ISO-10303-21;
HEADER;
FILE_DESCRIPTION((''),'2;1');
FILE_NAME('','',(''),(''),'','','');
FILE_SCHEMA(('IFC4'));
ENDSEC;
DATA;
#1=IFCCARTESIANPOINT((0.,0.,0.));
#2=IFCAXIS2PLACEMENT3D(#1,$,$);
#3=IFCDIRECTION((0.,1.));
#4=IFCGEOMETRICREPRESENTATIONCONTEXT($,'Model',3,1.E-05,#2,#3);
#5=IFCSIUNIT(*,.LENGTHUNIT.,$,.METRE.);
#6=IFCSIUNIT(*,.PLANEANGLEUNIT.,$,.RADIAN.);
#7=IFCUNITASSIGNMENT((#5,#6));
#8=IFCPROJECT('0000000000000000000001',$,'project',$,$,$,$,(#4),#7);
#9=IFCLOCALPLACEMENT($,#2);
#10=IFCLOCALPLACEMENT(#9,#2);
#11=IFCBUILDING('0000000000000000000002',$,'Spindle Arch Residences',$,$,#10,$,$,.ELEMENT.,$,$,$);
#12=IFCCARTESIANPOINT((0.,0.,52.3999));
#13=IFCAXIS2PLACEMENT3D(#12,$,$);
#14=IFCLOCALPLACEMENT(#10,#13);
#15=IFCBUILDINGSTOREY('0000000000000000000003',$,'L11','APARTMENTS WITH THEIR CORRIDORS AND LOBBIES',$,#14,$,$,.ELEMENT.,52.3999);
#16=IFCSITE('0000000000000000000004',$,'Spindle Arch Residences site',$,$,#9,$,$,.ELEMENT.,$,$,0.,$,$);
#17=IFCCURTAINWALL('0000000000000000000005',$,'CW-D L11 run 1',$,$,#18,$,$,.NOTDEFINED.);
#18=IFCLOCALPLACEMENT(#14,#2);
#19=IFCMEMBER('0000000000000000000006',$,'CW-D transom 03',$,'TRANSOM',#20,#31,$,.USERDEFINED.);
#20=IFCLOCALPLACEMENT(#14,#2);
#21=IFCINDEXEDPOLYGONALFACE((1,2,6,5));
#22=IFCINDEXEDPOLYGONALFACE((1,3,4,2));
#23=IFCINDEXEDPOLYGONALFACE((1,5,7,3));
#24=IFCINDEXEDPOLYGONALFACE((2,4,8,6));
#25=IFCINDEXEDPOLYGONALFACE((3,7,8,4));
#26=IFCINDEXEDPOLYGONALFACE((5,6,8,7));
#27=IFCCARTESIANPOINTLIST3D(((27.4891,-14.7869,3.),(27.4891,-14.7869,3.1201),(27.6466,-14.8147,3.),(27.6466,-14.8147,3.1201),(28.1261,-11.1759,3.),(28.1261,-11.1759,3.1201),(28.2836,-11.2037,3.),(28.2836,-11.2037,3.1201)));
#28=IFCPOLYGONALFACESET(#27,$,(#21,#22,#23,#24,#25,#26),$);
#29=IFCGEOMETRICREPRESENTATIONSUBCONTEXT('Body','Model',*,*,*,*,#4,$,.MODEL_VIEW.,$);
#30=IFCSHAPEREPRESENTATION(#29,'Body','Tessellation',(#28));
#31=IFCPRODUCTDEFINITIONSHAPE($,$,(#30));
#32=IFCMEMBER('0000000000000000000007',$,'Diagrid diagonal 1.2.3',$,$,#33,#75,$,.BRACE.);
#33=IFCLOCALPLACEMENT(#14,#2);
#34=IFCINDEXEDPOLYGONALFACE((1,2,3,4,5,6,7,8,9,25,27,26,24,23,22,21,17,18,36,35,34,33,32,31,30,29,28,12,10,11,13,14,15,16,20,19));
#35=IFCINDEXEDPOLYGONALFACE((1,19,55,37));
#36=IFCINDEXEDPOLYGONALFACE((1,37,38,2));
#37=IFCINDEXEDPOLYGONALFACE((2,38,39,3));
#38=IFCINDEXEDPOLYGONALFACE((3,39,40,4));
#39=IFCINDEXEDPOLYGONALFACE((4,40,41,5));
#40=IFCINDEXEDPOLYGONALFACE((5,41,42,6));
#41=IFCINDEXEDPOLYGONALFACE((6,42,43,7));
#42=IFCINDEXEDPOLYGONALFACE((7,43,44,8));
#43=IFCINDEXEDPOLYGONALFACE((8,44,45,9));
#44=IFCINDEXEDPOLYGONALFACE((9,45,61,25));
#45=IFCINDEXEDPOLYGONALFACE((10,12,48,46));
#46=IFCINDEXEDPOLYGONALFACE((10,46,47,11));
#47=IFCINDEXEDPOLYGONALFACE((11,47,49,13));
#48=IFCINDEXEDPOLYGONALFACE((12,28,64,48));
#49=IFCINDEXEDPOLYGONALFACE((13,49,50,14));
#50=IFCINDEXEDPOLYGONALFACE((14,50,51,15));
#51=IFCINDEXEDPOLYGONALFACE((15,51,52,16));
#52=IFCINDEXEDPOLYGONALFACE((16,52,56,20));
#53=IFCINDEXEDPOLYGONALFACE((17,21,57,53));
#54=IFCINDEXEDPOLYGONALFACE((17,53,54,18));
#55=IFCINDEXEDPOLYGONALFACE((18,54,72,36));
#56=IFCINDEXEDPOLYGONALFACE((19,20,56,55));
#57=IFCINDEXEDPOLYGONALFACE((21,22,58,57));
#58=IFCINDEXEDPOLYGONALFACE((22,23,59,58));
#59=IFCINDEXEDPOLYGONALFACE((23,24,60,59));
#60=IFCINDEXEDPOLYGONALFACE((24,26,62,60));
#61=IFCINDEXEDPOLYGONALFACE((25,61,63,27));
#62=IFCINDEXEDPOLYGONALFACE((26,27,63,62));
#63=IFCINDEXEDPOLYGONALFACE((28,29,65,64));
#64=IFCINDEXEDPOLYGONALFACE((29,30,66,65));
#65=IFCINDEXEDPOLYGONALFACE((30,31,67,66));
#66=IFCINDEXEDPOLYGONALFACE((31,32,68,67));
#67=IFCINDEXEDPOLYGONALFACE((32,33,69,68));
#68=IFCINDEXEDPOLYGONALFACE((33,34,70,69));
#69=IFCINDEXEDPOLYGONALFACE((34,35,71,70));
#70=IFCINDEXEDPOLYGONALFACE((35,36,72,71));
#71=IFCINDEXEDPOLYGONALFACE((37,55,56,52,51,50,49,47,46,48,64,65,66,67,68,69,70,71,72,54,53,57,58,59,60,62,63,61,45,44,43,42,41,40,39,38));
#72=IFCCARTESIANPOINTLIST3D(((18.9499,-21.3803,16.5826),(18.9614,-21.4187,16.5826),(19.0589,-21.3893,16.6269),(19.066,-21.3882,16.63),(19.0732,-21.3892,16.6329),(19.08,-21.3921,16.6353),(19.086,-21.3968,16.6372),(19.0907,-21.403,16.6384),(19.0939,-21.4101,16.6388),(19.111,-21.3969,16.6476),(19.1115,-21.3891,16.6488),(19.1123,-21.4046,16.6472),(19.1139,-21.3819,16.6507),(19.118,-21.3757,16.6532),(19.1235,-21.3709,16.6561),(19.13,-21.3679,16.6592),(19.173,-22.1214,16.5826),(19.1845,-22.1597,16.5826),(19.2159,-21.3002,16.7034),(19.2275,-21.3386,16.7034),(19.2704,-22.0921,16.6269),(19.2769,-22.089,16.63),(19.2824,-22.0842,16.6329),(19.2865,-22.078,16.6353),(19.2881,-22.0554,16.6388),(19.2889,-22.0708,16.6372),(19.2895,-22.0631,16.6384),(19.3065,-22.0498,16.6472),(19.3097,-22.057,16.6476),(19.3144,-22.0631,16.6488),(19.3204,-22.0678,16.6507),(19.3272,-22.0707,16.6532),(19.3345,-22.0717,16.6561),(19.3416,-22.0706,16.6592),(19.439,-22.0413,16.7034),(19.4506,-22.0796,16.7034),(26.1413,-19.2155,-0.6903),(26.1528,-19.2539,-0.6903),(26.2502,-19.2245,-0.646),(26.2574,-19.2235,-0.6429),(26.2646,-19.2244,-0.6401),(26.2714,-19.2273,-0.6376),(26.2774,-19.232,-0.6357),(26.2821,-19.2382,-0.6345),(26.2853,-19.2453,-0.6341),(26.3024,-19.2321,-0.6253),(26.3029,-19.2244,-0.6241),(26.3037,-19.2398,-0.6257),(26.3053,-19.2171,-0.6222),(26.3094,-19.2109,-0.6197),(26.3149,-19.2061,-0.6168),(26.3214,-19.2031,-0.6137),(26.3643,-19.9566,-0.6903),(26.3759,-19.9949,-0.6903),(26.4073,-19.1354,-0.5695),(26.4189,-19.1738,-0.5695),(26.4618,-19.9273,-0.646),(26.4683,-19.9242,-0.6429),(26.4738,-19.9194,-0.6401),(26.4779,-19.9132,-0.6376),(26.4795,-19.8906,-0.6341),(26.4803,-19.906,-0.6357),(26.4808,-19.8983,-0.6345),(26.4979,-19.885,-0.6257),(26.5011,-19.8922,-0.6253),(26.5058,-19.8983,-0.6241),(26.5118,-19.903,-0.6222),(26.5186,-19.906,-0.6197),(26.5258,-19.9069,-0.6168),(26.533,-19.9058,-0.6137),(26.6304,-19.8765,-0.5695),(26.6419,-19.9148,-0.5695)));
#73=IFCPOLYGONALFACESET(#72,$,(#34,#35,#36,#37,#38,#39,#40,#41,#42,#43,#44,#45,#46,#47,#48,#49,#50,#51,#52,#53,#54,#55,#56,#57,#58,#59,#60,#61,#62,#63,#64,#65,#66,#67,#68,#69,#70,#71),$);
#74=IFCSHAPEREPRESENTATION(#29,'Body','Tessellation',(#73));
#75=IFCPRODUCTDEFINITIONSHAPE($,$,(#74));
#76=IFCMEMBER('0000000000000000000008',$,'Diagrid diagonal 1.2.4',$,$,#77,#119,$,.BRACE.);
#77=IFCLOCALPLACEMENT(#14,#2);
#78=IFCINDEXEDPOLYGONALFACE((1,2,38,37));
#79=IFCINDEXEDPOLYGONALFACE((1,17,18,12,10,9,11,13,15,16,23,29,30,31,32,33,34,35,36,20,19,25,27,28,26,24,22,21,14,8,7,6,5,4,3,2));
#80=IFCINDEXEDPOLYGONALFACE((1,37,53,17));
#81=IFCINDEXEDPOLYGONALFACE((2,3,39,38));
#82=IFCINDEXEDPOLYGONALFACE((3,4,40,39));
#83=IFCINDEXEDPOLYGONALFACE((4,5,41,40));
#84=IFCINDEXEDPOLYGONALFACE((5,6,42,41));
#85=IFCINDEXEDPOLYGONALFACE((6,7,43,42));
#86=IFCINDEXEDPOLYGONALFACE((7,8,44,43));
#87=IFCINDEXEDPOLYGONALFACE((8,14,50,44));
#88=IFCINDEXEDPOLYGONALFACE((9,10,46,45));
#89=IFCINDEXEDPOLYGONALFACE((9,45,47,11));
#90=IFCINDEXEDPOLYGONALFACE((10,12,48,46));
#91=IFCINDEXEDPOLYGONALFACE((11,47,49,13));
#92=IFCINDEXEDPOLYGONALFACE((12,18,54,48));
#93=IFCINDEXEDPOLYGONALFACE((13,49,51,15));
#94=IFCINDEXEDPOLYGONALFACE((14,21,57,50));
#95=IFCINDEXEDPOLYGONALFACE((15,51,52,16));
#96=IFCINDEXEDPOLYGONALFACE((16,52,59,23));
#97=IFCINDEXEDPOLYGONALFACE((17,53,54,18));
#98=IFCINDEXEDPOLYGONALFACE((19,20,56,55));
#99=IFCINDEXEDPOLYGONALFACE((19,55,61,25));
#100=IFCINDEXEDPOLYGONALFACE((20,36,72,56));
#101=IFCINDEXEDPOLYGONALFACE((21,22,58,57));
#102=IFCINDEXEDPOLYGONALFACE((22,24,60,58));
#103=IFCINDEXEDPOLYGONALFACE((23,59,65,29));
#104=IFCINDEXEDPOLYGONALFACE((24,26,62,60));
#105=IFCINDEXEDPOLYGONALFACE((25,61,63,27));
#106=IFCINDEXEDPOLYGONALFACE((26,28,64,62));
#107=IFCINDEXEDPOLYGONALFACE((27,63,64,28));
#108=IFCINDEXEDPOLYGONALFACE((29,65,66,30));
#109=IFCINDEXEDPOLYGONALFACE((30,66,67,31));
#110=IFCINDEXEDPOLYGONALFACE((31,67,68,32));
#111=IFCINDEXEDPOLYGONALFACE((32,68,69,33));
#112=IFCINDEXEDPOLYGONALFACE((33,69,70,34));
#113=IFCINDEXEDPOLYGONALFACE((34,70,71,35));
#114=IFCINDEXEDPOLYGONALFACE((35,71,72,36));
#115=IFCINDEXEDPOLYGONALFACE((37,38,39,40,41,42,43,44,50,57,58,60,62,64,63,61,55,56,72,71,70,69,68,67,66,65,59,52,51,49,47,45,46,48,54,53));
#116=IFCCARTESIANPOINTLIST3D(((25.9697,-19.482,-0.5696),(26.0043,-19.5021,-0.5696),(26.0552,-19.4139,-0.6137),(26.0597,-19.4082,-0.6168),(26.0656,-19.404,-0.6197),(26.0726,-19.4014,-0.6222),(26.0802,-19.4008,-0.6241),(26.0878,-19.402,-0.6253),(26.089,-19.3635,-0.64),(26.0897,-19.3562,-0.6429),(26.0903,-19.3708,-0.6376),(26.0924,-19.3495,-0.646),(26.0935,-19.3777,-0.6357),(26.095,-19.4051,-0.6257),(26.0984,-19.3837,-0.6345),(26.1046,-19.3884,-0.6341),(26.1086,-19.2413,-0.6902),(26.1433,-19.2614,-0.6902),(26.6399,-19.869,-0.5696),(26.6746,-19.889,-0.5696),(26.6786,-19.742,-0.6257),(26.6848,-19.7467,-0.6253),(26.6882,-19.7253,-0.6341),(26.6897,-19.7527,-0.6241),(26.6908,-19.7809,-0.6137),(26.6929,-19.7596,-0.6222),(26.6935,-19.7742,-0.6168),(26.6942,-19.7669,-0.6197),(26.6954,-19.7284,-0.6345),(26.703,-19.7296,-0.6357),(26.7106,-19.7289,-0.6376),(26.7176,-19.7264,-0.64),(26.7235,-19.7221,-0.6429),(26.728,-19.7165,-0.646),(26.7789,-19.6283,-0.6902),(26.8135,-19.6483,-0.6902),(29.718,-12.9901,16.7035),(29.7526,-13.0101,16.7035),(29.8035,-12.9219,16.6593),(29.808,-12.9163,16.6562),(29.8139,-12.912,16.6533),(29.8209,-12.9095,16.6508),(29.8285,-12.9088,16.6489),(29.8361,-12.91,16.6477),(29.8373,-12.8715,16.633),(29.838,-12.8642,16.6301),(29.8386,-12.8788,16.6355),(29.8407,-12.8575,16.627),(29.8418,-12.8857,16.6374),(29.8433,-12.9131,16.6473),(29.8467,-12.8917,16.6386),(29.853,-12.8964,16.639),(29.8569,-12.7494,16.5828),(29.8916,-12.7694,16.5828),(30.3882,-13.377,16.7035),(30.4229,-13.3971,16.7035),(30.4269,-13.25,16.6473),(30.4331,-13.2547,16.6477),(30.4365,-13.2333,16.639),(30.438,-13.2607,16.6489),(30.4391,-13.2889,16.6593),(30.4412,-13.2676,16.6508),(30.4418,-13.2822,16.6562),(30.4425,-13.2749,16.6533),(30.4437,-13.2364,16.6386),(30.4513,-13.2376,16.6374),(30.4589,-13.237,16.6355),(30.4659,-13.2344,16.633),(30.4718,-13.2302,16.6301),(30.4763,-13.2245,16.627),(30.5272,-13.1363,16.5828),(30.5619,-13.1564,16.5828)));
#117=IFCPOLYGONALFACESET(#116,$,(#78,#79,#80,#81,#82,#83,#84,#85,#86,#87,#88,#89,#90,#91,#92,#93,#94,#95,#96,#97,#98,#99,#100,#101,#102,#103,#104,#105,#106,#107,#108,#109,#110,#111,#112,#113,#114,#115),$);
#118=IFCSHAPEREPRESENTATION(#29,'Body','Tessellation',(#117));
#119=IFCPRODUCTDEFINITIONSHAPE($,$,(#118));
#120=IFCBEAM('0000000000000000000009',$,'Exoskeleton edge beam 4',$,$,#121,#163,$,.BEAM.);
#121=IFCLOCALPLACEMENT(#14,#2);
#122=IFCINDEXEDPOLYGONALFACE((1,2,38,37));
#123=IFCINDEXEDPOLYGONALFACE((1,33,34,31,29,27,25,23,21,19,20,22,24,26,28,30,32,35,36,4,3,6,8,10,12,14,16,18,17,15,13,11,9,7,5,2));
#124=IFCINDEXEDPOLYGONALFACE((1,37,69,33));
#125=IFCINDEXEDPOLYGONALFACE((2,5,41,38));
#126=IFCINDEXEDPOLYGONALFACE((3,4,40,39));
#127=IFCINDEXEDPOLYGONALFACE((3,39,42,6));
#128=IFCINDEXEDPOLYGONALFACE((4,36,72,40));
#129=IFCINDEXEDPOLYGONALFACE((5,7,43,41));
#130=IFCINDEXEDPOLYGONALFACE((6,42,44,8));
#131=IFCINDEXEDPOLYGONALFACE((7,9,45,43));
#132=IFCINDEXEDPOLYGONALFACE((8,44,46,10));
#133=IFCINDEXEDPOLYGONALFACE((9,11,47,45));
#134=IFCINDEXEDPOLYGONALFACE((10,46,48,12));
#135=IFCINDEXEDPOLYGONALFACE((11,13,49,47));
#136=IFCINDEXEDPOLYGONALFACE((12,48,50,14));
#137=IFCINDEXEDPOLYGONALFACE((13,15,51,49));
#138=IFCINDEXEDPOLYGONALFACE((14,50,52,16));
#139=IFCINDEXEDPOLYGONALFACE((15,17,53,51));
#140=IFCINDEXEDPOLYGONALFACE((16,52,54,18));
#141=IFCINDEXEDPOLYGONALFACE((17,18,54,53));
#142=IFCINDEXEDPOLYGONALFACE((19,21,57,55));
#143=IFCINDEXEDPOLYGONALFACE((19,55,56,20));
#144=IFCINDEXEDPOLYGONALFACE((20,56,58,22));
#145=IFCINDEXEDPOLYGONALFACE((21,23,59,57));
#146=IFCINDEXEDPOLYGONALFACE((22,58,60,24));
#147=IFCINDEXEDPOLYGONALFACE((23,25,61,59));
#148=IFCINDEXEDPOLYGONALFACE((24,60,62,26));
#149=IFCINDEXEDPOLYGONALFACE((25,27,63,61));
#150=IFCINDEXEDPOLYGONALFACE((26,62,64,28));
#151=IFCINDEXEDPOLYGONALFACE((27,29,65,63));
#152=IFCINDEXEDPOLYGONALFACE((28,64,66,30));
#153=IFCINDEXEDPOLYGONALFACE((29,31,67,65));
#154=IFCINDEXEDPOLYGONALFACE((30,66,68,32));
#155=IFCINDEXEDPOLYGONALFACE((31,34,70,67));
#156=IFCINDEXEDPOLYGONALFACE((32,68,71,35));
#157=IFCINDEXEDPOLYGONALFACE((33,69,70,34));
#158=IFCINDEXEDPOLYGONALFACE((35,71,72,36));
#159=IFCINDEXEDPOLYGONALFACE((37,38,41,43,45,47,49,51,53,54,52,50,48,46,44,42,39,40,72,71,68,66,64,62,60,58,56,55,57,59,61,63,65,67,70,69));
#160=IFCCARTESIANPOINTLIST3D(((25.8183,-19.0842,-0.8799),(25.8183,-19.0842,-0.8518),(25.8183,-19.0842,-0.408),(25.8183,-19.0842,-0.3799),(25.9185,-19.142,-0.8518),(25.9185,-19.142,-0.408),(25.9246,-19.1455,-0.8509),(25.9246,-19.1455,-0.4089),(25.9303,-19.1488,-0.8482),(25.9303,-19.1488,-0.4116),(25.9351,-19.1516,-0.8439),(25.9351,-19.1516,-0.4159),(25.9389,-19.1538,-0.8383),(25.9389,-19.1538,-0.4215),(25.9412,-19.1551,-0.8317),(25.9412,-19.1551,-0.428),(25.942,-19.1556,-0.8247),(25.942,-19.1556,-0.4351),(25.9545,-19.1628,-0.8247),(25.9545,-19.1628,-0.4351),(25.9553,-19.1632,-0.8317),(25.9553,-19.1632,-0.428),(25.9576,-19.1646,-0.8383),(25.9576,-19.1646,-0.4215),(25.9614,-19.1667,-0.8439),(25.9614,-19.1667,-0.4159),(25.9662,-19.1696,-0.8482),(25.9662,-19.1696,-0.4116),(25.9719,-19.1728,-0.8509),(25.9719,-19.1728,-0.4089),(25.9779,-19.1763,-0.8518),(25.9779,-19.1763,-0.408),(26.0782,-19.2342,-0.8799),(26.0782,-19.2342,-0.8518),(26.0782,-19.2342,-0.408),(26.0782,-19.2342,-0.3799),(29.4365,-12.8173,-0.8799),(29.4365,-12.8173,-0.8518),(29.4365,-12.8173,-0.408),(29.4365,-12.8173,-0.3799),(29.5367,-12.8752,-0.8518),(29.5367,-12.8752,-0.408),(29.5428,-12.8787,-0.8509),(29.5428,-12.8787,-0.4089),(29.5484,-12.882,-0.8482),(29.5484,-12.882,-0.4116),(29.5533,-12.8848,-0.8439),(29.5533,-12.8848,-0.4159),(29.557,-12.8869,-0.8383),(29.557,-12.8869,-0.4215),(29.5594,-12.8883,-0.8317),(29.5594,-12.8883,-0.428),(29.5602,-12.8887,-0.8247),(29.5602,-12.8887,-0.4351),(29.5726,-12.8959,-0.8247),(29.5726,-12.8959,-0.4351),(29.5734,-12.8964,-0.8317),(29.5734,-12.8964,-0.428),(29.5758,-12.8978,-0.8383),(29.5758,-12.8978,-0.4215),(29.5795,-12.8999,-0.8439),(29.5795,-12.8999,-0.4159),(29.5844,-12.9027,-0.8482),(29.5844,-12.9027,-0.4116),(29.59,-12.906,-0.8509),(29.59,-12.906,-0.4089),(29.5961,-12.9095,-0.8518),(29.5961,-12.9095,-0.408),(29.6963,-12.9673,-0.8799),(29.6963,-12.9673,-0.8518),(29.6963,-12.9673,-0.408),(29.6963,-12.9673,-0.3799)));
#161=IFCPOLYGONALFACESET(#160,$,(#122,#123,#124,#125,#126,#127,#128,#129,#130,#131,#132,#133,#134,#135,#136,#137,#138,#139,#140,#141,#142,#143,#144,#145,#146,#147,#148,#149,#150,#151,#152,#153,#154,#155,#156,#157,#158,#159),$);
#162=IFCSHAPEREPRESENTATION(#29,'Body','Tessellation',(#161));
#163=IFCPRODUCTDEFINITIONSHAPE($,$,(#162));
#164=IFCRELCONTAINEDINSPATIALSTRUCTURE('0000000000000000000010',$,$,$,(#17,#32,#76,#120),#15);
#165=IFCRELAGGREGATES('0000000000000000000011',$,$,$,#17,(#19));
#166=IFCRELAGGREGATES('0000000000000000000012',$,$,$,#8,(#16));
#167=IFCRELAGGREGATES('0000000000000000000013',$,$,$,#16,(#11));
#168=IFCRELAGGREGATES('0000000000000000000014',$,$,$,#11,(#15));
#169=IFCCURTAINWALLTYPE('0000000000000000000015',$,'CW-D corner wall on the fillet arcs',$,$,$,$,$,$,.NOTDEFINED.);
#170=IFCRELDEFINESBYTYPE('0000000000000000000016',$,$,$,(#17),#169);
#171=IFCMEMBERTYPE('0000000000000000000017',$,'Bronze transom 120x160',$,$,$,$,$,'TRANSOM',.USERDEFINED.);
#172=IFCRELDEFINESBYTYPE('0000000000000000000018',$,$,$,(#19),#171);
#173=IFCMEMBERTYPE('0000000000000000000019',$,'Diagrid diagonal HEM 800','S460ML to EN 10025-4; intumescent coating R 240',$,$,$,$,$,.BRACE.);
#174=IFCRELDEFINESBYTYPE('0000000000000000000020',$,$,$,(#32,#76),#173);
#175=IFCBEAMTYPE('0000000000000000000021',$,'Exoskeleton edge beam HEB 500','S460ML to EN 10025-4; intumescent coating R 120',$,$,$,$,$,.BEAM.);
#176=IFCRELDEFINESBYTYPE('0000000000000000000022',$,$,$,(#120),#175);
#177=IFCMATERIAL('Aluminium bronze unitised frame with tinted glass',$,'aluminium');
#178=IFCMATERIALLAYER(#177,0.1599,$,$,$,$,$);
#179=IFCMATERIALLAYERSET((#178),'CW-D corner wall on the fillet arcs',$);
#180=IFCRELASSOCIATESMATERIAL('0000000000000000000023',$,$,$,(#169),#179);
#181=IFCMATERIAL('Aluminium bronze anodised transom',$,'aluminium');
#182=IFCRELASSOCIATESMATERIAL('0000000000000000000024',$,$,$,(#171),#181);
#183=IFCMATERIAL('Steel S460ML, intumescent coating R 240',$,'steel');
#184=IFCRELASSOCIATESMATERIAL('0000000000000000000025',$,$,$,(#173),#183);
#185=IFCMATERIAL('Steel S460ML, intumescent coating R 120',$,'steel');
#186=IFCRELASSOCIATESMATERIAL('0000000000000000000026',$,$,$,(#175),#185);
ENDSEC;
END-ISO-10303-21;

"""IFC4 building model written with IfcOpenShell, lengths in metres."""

from ifc_helpers import new_model, si_unit, direction, frame, origin, origin_2d, place, context, subcontext, project, spatial, rectangle, i_section, extrude, material, layer, layer_set, material_profile, profile_set, type_object, element, aggregate, save


model = new_model("IFC4")

# Units and contexts
model_context = context("Model", 3, precision=1e-05, world=origin(), true_north=direction((0.0, 1.0)))
body_context = subcontext(model_context, "Body", "Model", "MODEL_VIEW")
ifc_project = project(units=[si_unit("LENGTHUNIT", "METRE"), si_unit("PLANEANGLEUNIT", "RADIAN")], contexts=[model_context])

# Site, building, storey
site_placement = place(None, origin())
site = spatial("IfcSite", under=ifc_project, at=site_placement, Name="Spindle Arch Residences site", CompositionType="ELEMENT", RefElevation=0.0)
building_placement = place(site_placement, origin())
building = spatial("IfcBuilding", under=site, at=building_placement, Name="Spindle Arch Residences", CompositionType="ELEMENT")
storey_placement = place(building_placement, frame((0.0, 0.0, 52.3999)))
storey = spatial("IfcBuildingStorey", under=building, at=storey_placement, Name="L11", Description="APARTMENTS WITH THEIR CORRIDORS AND LOBBIES", CompositionType="ELEMENT", Elevation=52.3999)

# Curtain wall, member
ifc_material_1 = material(Name="Aluminium bronze unitised frame with tinted glass", Category="aluminium")
ifc_layer_1 = layer(ifc_material_1, 0.1599)
ifc_layer_set_1 = layer_set([ifc_layer_1], Name="CW-D corner wall on the fillet arcs")
curtain_wall_type = type_object("IfcCurtainWallType", Name="CW-D corner wall on the fillet arcs", PredefinedType="NOTDEFINED", material=ifc_layer_set_1)
curtain_wall_placement = place(storey_placement, origin())
curtain_wall = element("IfcCurtainWall", 1, at=curtain_wall_placement, inside=storey, type_object=curtain_wall_type, Name="CW-D L11 run 1", PredefinedType="NOTDEFINED")
ifc_material_2 = material(Name="Aluminium bronze anodised transom", Category="aluminium")
ifc_material_profile_1 = material_profile(ifc_material_2, rectangle(XDim=0.1599, YDim=0.1201, at=origin_2d()), Name="TR 120x160")
ifc_profile_set_1 = profile_set([ifc_material_profile_1], Name="Aluminium bronze anodised transom")
member_type_1 = type_object("IfcMemberType", Name="Bronze transom 120x160", ElementType="TRANSOM", PredefinedType="USERDEFINED", material=ifc_profile_set_1)
member_1_placement = place(storey_placement, frame((27.5679, -14.8008, 3.0601), z_axis=(0.173709, 0.984797, 0.0), x_axis=(-0.984797, 0.173709, 0.0)))
member_1 = element("IfcMember", 2, at=member_1_placement, type_object=member_type_1, Name="CW-D transom 03", ObjectType="TRANSOM", PredefinedType="USERDEFINED", context=body_context, shape_type="SweptSolid", body=[
    extrude(rectangle(XDim=0.1599, YDim=0.1201, at=origin_2d()), origin(), (0.0, 0.0, 1.0), 3.6667),
])

# Members
ifc_material_3 = material(Name="Steel S460ML, intumescent coating R 240", Category="steel")
ifc_material_profile_2 = material_profile(ifc_material_3, i_section(OverallWidth=0.303, OverallDepth=0.814, WebThickness=0.021, FlangeThickness=0.04, FilletRadius=0.03, at=origin_2d()), Name="HEM 800")
ifc_profile_set_2 = profile_set([ifc_material_profile_2], Name="Steel S460ML, intumescent coating R 240")
member_type_2 = type_object("IfcMemberType", Name="Diagrid diagonal HEM 800", Description="S460ML to EN 10025-4; intumescent coating R 240", PredefinedType="BRACE", material=ifc_profile_set_2)
member_2_placement = place(storey_placement, frame((26.3916, -19.5652, -0.6299), z_axis=(-0.381811, -0.114935, 0.917066), x_axis=(0.878142, 0.264343, 0.398735)))
element("IfcMember", 3, at=member_2_placement, inside=storey, type_object=member_type_2, Name="Diagrid diagonal 1.2.3", PredefinedType="BRACE", context=body_context, shape_type="SweptSolid", body=[
    extrude(i_section(OverallWidth=0.303, OverallDepth=0.814, WebThickness=0.021, FlangeThickness=0.04, FilletRadius=0.03, at=origin_2d()), origin(), (0.0, 0.0, 1.0), 18.835),
])
member_3_placement = place(storey_placement, frame((26.3916, -19.5652, -0.6299), z_axis=(0.199065, 0.344775, 0.917335), x_axis=(-0.458683, -0.794426, 0.398117)))
element("IfcMember", 4, at=member_3_placement, inside=storey, type_object=member_type_2, Name="Diagrid diagonal 1.2.4", PredefinedType="BRACE", context=body_context, shape_type="SweptSolid", body=[
    extrude(i_section(OverallWidth=0.303, OverallDepth=0.814, WebThickness=0.021, FlangeThickness=0.04, FilletRadius=0.03, at=origin_2d()), origin(), (0.0, 0.0, 1.0), 18.8296),
])

# Beam
ifc_material_4 = material(Name="Steel S460ML, intumescent coating R 120", Category="steel")
ifc_material_profile_3 = material_profile(ifc_material_4, i_section(OverallWidth=0.3, OverallDepth=0.5, WebThickness=0.0144, FlangeThickness=0.0281, FilletRadius=0.0271, at=origin_2d()), Name="HEB 500")
ifc_profile_set_3 = profile_set([ifc_material_profile_3], Name="Steel S460ML, intumescent coating R 120")
beam_type_1 = type_object("IfcBeamType", Name="Exoskeleton edge beam HEB 500", Description="S460ML to EN 10025-4; intumescent coating R 120", PredefinedType="BEAM", material=ifc_profile_set_3)
beam_1_placement = place(storey_placement, frame((25.9482, -19.1592, -0.6299), z_axis=(0.5, 0.866025, 0.0), x_axis=(-0.866025, 0.5, 0.0)))
element("IfcBeam", 5, at=beam_1_placement, inside=storey, type_object=beam_type_1, Name="Exoskeleton edge beam 4", PredefinedType="BEAM", context=body_context, shape_type="SweptSolid", body=[
    extrude(i_section(OverallWidth=0.3, OverallDepth=0.5, WebThickness=0.0144, FlangeThickness=0.0281, FilletRadius=0.0271, at=origin_2d()), origin(), (0.0, 0.0, 1.0), 7.2363),
])

aggregate(curtain_wall, [member_1])

save(model, "model.ifc")
